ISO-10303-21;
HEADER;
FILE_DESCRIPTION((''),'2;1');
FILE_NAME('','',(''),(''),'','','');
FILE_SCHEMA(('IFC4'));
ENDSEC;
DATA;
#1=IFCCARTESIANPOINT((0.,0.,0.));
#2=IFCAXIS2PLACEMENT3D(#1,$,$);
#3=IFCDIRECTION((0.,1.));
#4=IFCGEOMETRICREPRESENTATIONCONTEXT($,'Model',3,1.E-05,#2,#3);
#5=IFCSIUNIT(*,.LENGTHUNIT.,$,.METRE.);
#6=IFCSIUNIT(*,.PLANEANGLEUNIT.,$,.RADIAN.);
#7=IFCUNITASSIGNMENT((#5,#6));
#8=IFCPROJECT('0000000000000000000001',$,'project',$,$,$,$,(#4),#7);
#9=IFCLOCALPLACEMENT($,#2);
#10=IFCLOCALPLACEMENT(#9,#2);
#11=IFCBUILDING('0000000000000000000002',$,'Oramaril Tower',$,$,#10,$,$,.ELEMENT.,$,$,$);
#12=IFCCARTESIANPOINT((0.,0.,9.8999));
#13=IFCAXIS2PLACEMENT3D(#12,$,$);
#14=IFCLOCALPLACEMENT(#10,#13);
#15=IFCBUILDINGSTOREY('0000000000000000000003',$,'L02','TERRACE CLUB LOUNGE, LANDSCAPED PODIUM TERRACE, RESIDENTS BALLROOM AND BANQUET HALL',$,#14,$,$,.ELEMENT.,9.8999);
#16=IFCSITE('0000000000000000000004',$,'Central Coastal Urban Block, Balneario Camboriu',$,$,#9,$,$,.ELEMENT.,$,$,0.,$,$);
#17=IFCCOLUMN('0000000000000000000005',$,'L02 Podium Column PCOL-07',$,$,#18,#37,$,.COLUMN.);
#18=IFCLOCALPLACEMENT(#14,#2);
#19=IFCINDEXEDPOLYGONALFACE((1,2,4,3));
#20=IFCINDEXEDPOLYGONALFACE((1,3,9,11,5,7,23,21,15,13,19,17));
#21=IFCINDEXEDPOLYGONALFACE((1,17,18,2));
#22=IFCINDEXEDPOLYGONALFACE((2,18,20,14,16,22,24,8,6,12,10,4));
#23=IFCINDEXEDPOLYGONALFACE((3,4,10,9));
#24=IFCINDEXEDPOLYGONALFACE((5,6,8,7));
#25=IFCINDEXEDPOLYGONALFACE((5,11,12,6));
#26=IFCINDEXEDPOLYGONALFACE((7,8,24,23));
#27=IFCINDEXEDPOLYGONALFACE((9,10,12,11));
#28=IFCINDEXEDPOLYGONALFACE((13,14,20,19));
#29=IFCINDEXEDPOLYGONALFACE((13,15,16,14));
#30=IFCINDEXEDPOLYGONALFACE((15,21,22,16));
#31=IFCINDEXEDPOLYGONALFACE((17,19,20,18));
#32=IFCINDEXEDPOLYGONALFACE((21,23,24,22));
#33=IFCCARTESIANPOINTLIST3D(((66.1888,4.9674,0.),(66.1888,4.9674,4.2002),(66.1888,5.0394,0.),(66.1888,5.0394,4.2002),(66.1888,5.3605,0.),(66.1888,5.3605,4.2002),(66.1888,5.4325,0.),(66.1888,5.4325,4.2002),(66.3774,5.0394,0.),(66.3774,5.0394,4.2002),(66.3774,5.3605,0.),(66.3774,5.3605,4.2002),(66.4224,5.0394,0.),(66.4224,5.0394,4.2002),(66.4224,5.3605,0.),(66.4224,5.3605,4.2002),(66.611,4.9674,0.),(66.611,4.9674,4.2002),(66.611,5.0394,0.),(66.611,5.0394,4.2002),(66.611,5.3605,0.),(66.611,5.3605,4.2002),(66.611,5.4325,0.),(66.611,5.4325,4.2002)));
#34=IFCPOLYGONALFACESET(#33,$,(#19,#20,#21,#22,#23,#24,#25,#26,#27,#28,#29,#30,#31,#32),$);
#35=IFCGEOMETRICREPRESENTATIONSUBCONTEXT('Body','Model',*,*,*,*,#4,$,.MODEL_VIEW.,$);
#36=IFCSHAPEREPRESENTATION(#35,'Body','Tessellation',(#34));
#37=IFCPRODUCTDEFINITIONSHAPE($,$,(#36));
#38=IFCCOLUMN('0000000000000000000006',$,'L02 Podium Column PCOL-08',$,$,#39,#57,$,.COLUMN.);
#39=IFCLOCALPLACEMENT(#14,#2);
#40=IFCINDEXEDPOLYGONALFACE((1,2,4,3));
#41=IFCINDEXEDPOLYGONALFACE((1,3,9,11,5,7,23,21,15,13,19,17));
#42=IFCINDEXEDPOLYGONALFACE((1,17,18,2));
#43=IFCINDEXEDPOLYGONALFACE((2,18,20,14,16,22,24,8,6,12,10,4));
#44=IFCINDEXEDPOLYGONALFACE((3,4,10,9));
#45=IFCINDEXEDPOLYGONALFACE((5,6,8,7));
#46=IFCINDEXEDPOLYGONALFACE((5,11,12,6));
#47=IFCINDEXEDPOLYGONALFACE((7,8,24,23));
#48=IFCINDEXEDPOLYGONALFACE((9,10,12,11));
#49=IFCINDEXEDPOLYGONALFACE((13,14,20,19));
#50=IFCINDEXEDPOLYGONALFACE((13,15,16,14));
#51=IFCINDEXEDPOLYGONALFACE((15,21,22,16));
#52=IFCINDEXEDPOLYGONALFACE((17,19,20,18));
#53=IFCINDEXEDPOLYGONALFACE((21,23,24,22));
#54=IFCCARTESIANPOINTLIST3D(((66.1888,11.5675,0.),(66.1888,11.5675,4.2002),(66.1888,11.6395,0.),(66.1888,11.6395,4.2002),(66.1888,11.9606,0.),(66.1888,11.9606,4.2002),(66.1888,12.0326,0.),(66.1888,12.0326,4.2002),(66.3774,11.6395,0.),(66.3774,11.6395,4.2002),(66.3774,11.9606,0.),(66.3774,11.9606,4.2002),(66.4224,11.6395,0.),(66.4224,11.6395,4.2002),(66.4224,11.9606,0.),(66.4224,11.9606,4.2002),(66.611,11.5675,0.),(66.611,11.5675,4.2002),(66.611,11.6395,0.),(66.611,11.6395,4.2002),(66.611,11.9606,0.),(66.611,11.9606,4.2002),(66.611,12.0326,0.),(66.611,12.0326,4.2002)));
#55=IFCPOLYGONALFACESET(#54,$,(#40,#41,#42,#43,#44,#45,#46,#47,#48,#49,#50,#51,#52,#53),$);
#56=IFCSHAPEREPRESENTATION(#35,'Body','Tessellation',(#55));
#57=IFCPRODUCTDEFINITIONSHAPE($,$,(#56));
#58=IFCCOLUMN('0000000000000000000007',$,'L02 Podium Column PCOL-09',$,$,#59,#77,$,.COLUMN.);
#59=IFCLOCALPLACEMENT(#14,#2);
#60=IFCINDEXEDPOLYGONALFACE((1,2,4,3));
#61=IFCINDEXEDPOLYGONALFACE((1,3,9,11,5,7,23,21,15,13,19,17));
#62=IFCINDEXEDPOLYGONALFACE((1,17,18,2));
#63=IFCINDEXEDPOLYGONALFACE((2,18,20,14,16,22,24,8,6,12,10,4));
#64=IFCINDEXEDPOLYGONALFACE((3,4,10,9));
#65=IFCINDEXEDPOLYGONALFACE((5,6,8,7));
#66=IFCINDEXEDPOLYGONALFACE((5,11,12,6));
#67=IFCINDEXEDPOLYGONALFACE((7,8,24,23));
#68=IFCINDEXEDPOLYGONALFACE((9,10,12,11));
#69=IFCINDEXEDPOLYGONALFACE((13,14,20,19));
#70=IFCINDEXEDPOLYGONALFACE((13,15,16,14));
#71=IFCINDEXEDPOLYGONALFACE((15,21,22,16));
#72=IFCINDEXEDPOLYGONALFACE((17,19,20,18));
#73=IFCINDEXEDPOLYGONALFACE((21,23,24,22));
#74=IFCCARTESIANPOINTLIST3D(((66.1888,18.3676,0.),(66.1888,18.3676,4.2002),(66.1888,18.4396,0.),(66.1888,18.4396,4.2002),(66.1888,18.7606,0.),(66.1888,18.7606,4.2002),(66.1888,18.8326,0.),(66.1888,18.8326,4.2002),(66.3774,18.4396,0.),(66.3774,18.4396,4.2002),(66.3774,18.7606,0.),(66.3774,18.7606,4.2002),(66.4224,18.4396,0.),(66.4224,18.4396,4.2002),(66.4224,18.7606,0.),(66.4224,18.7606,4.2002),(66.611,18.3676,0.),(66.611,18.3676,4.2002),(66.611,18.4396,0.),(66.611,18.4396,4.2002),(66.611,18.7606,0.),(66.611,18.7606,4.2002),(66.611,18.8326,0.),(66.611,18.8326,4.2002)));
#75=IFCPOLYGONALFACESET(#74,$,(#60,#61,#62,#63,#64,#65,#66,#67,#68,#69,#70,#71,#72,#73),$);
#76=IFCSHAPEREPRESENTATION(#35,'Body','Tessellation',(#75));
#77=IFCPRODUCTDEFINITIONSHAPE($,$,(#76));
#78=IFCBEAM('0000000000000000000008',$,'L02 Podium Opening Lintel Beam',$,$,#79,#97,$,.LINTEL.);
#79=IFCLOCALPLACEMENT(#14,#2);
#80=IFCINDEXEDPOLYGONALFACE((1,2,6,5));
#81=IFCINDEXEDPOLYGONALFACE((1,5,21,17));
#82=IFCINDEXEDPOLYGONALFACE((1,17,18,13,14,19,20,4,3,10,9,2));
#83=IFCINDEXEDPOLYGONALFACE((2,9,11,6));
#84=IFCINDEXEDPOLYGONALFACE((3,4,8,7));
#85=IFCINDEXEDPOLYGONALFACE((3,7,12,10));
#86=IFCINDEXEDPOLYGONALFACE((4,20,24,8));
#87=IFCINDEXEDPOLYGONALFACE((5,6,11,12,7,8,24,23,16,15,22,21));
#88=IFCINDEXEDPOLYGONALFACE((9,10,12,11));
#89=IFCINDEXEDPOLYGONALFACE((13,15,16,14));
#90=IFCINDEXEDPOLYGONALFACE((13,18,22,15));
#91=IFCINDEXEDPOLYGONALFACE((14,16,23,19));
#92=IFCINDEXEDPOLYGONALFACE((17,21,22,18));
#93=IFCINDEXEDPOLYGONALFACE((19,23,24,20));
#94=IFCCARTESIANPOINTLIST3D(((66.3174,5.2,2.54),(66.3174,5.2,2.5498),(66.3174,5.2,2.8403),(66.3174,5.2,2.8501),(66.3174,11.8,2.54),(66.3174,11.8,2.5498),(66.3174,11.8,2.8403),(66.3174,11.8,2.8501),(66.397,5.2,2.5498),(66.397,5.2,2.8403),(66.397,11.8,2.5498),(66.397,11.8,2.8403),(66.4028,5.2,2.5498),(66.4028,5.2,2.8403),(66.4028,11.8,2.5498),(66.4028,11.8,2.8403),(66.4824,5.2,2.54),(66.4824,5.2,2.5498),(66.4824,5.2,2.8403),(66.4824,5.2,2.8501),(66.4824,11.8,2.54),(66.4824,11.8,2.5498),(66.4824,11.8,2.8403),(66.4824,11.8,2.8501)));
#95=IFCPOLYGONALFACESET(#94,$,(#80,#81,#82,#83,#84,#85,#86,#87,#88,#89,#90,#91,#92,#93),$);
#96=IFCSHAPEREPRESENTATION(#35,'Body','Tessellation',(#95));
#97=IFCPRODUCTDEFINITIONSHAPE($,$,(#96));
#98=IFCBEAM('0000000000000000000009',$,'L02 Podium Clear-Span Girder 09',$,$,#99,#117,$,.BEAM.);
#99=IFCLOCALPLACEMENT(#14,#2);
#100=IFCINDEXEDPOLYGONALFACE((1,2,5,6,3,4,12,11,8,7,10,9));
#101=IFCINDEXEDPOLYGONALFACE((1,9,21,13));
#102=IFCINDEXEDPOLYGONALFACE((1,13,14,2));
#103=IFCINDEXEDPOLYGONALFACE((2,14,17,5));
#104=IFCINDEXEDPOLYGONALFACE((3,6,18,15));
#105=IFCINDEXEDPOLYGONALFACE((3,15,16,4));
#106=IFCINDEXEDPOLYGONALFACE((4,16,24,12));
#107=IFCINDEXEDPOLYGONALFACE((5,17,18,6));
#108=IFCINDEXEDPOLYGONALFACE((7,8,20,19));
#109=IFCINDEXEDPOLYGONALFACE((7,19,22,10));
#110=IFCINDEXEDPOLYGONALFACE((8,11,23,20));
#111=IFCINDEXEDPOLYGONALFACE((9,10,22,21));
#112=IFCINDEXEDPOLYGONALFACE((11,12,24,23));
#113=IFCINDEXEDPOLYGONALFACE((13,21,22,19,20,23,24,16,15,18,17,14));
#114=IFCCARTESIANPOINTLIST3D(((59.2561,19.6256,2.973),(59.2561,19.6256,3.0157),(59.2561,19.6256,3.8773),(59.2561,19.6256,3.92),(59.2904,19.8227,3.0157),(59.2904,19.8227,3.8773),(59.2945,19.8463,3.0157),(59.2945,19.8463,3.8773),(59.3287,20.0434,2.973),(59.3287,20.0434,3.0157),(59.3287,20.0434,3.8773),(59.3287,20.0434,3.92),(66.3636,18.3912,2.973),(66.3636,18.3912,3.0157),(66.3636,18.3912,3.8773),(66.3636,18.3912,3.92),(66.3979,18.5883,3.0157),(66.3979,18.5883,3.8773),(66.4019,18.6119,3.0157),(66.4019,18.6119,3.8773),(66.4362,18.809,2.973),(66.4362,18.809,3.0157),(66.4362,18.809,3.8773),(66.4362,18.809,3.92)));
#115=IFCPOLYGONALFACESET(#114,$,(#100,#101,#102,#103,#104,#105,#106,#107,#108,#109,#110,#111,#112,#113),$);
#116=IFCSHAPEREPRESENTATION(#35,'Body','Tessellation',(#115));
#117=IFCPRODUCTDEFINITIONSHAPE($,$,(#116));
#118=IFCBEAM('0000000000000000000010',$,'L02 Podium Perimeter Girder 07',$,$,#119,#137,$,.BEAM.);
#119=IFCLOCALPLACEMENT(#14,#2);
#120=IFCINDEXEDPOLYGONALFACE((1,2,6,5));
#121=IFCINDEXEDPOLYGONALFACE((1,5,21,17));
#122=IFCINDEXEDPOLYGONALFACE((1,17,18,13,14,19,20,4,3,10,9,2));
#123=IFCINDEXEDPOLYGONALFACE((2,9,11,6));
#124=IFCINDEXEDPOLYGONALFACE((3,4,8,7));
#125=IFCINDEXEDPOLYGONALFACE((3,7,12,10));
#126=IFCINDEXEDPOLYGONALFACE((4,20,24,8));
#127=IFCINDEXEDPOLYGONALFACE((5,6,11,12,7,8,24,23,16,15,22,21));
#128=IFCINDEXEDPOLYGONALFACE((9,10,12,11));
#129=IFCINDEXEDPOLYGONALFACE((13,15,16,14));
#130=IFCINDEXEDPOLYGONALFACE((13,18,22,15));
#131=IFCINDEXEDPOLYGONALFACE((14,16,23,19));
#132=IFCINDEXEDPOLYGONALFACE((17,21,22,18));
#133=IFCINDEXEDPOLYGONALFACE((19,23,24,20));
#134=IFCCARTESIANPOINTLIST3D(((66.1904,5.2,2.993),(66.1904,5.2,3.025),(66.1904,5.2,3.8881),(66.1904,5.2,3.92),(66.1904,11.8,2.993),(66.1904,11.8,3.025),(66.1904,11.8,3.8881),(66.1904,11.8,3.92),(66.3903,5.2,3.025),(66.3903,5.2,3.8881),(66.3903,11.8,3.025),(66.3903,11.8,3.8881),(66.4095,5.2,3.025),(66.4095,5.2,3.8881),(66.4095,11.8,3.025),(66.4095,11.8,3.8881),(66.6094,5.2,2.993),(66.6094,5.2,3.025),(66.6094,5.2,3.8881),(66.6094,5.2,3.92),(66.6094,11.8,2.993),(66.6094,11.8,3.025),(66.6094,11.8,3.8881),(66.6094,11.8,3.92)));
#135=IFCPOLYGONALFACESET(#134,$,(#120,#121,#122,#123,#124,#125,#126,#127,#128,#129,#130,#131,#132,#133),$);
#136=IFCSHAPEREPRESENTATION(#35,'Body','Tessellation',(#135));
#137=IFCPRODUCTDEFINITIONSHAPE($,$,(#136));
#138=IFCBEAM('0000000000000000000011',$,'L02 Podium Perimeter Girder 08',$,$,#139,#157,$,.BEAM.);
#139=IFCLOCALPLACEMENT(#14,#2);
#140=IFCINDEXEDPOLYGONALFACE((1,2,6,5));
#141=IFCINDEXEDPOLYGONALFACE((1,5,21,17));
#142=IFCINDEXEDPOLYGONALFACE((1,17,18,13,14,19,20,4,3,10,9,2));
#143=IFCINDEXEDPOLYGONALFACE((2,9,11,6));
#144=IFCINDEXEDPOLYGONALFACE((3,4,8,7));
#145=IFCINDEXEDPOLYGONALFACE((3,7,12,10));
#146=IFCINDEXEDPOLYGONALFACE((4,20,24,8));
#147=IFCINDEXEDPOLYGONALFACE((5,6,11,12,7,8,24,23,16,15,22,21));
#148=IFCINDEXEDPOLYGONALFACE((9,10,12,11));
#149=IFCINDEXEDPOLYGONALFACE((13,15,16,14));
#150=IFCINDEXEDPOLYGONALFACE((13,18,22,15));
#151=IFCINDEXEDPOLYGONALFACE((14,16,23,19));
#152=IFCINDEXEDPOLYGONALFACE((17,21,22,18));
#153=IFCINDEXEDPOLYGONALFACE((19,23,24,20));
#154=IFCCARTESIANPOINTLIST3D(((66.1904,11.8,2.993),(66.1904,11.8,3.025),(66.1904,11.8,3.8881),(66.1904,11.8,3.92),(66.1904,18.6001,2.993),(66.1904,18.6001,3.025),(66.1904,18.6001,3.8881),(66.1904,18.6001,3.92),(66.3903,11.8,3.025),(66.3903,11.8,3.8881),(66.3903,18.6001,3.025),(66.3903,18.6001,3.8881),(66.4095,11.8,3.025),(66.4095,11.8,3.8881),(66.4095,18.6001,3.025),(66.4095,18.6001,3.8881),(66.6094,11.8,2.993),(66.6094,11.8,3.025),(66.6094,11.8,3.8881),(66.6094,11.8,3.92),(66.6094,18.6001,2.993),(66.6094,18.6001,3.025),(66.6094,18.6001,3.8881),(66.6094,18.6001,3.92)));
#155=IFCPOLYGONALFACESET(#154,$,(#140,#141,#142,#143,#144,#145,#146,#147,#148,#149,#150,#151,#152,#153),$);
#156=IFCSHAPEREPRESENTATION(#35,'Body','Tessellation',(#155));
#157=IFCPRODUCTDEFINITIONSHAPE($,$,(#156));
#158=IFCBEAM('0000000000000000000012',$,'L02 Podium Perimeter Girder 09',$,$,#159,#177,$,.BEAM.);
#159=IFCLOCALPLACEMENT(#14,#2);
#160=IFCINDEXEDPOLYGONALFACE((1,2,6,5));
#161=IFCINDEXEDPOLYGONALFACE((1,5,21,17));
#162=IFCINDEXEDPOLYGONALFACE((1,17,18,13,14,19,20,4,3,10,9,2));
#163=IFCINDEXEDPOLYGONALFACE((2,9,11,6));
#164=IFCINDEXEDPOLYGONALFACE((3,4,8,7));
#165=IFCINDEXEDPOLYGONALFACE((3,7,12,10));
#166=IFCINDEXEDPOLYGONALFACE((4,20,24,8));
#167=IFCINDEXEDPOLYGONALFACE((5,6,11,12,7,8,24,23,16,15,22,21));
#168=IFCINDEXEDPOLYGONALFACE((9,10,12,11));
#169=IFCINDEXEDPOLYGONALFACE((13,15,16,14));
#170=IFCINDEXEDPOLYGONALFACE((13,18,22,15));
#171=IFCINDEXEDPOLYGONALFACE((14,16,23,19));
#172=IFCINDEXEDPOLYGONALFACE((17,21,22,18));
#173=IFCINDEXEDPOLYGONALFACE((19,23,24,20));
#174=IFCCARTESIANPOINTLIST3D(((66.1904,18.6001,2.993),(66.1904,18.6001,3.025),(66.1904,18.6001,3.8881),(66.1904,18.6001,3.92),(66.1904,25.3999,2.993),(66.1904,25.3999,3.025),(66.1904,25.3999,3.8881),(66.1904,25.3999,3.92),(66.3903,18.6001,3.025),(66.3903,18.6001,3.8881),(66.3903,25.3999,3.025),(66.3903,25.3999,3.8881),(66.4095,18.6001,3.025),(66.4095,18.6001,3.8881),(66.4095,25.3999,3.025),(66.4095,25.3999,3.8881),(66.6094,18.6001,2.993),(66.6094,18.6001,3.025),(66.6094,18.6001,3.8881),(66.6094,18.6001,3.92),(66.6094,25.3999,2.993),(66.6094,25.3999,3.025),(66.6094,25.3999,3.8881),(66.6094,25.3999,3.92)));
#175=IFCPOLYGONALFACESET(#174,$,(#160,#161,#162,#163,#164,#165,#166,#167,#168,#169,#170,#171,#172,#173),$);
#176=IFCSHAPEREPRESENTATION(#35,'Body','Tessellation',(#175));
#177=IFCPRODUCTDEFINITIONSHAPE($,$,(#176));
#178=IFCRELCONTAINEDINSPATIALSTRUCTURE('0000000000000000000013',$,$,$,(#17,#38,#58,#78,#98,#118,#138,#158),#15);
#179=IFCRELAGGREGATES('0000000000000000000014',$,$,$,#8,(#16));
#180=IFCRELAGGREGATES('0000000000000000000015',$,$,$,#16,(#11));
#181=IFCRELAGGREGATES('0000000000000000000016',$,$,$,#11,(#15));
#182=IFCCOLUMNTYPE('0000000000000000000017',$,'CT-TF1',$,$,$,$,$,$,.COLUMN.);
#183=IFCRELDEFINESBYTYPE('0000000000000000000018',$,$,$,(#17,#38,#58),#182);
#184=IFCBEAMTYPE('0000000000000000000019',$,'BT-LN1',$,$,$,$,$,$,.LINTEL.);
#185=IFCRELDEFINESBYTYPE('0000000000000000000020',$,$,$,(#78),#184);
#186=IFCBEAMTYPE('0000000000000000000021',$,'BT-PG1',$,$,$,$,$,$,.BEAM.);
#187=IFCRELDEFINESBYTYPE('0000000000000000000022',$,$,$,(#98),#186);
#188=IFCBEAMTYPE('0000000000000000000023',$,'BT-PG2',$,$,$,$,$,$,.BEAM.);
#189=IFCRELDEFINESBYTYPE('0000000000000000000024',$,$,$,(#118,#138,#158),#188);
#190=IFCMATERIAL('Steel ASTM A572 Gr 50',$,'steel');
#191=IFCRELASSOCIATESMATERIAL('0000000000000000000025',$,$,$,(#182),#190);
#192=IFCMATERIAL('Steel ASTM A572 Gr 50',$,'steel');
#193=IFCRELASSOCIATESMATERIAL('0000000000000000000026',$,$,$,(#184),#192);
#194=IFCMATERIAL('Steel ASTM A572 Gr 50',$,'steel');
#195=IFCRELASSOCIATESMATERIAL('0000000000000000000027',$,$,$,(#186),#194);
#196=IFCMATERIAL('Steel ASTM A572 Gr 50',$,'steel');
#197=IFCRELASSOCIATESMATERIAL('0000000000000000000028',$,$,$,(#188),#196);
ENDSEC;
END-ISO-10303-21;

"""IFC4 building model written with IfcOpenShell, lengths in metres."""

from ifc_helpers import new_model, si_unit, direction, frame, origin, origin_2d, place, context, subcontext, project, spatial, i_section, extrude, material, material_profile, profile_set, type_object, element, save


model = new_model("IFC4")

# Units and contexts
model_context = context("Model", 3, precision=1e-05, world=origin(), true_north=direction((0.0, 1.0)))
body_context = subcontext(model_context, "Body", "Model", "MODEL_VIEW")
ifc_project = project(units=[si_unit("LENGTHUNIT", "METRE"), si_unit("PLANEANGLEUNIT", "RADIAN")], contexts=[model_context])

# Site, building, storey
site_placement = place(None, origin())
site = spatial("IfcSite", under=ifc_project, at=site_placement, Name="Central Coastal Urban Block, Balneario Camboriu", CompositionType="ELEMENT", RefElevation=0.0)
building_placement = place(site_placement, origin())
building = spatial("IfcBuilding", under=site, at=building_placement, Name="Oramaril Tower", CompositionType="ELEMENT")
storey_placement = place(building_placement, frame((0.0, 0.0, 9.8999)))
storey = spatial("IfcBuildingStorey", under=building, at=storey_placement, Name="L02", Description="TERRACE CLUB LOUNGE, LANDSCAPED PODIUM TERRACE, RESIDENTS BALLROOM AND BANQUET HALL", CompositionType="ELEMENT", Elevation=9.8999)

# Columns
ifc_material_1 = material(Name="Steel ASTM A572 Gr 50", Category="steel")
ifc_material_profile_1 = material_profile(ifc_material_1, i_section(OverallWidth=0.4221, OverallDepth=0.4651, WebThickness=0.0449, FlangeThickness=0.072, at=origin_2d()), Name="W14X398")
ifc_profile_set_1 = profile_set([ifc_material_profile_1], Name="Steel ASTM A572 Gr 50")
column_type = type_object("IfcColumnType", Name="CT-TF1", PredefinedType="COLUMN", material=ifc_profile_set_1)
for number, where, z_axis, x_axis, name in (
    (1, (66.3999, 5.2, 0.0), (0.0, 0.0, 1.0), (1.0, 0.0, 0.0), "L02 Podium Column PCOL-07"),
    (2, (66.3999, 11.8, 0.0), (0.0, 0.0, 1.0), (1.0, 0.0, 0.0), "L02 Podium Column PCOL-08"),
    (3, (66.3999, 18.6001, 0.0), (0.0, 0.0, 1.0), (1.0, 0.0, 0.0), "L02 Podium Column PCOL-09"),
):
    element("IfcColumn", number, at=place(storey_placement, frame(where, z_axis=z_axis, x_axis=x_axis)), inside=storey, type_object=column_type, Name=name, PredefinedType="COLUMN", context=body_context, shape_type="SweptSolid", body=[
        extrude(i_section(OverallWidth=0.4221, OverallDepth=0.4651, WebThickness=0.0449, FlangeThickness=0.072, at=origin_2d()), origin(), (0.0, 0.0, 1.0), 4.2002),
    ])

# Beams
ifc_material_2 = material(Name="Steel ASTM A572 Gr 50", Category="steel")
ifc_material_profile_2 = material_profile(ifc_material_2, i_section(OverallWidth=0.165, OverallDepth=0.3101, WebThickness=0.0059, FlangeThickness=0.0098, at=origin_2d()), Name="W12X26")
ifc_profile_set_2 = profile_set([ifc_material_profile_2], Name="Steel ASTM A572 Gr 50")
beam_type_1 = type_object("IfcBeamType", Name="BT-LN1", PredefinedType="LINTEL", material=ifc_profile_set_2)
beam_1_placement = place(storey_placement, frame((66.3999, 5.2, 2.6951), z_axis=(0.0, 1.0, 0.0), x_axis=(-1.0, 0.0, 0.0)))
element("IfcBeam", 4, at=beam_1_placement, inside=storey, type_object=beam_type_1, Name="L02 Podium Opening Lintel Beam", PredefinedType="LINTEL", context=body_context, shape_type="SweptSolid", body=[
    extrude(i_section(OverallWidth=0.165, OverallDepth=0.3101, WebThickness=0.0059, FlangeThickness=0.0098, at=origin_2d()), origin(), (0.0, 0.0, 1.0), 6.6001),
])
ifc_material_3 = material(Name="Steel ASTM A572 Gr 50", Category="steel")
ifc_material_profile_3 = material_profile(ifc_material_3, i_section(OverallWidth=0.4241, OverallDepth=0.947, WebThickness=0.0239, FlangeThickness=0.0427, at=origin_2d()), Name="W36X302")
ifc_profile_set_3 = profile_set([ifc_material_profile_3], Name="Steel ASTM A572 Gr 50")
beam_type_2 = type_object("IfcBeamType", Name="BT-PG1", PredefinedType="BEAM", material=ifc_profile_set_3)
beam_2_placement = place(storey_placement, frame((66.3999, 18.6001, 3.4465), z_axis=(-0.985251, 0.171113, 0.0), x_axis=(-0.171113, -0.985251, 0.0)))
element("IfcBeam", 5, at=beam_2_placement, inside=storey, type_object=beam_type_2, Name="L02 Podium Clear-Span Girder 09", PredefinedType="BEAM", context=body_context, shape_type="SweptSolid", body=[
    extrude(i_section(OverallWidth=0.4241, OverallDepth=0.947, WebThickness=0.0239, FlangeThickness=0.0427, at=origin_2d()), origin(), (0.0, 0.0, 1.0), 7.2139),
])
ifc_material_4 = material(Name="Steel ASTM A572 Gr 50", Category="steel")
ifc_material_profile_4 = material_profile(ifc_material_4, i_section(OverallWidth=0.4189, OverallDepth=0.927, WebThickness=0.0193, FlangeThickness=0.032, at=origin_2d()), Name="W36X231")
ifc_profile_set_4 = profile_set([ifc_material_profile_4], Name="Steel ASTM A572 Gr 50")
beam_type_3 = type_object("IfcBeamType", Name="BT-PG2", PredefinedType="BEAM", material=ifc_profile_set_4)
beam_3_placement = place(storey_placement, frame((66.3999, 5.2, 3.4565), z_axis=(0.0, 1.0, 0.0), x_axis=(-1.0, 0.0, 0.0)))
element("IfcBeam", 6, at=beam_3_placement, inside=storey, type_object=beam_type_3, Name="L02 Podium Perimeter Girder 07", PredefinedType="BEAM", context=body_context, shape_type="SweptSolid", body=[
    extrude(i_section(OverallWidth=0.4189, OverallDepth=0.927, WebThickness=0.0193, FlangeThickness=0.032, at=origin_2d()), origin(), (0.0, 0.0, 1.0), 6.6001),
])
beam_4_placement = place(storey_placement, frame((66.3999, 11.8, 3.4565), z_axis=(0.0, 1.0, 0.0), x_axis=(-1.0, 0.0, 0.0)))
element("IfcBeam", 7, at=beam_4_placement, inside=storey, type_object=beam_type_3, Name="L02 Podium Perimeter Girder 08", PredefinedType="BEAM", context=body_context, shape_type="SweptSolid", body=[
    extrude(i_section(OverallWidth=0.4189, OverallDepth=0.927, WebThickness=0.0193, FlangeThickness=0.032, at=origin_2d()), origin(), (0.0, 0.0, 1.0), 6.8),
])
beam_5_placement = place(storey_placement, frame((66.3999, 18.6001, 3.4565), z_axis=(0.0, 1.0, 0.0), x_axis=(-1.0, 0.0, 0.0)))
element("IfcBeam", 8, at=beam_5_placement, inside=storey, type_object=beam_type_3, Name="L02 Podium Perimeter Girder 09", PredefinedType="BEAM", context=body_context, shape_type="SweptSolid", body=[
    extrude(i_section(OverallWidth=0.4189, OverallDepth=0.927, WebThickness=0.0193, FlangeThickness=0.032, at=origin_2d()), origin(), (0.0, 0.0, 1.0), 6.7998),
])

save(model, "model.ifc")
